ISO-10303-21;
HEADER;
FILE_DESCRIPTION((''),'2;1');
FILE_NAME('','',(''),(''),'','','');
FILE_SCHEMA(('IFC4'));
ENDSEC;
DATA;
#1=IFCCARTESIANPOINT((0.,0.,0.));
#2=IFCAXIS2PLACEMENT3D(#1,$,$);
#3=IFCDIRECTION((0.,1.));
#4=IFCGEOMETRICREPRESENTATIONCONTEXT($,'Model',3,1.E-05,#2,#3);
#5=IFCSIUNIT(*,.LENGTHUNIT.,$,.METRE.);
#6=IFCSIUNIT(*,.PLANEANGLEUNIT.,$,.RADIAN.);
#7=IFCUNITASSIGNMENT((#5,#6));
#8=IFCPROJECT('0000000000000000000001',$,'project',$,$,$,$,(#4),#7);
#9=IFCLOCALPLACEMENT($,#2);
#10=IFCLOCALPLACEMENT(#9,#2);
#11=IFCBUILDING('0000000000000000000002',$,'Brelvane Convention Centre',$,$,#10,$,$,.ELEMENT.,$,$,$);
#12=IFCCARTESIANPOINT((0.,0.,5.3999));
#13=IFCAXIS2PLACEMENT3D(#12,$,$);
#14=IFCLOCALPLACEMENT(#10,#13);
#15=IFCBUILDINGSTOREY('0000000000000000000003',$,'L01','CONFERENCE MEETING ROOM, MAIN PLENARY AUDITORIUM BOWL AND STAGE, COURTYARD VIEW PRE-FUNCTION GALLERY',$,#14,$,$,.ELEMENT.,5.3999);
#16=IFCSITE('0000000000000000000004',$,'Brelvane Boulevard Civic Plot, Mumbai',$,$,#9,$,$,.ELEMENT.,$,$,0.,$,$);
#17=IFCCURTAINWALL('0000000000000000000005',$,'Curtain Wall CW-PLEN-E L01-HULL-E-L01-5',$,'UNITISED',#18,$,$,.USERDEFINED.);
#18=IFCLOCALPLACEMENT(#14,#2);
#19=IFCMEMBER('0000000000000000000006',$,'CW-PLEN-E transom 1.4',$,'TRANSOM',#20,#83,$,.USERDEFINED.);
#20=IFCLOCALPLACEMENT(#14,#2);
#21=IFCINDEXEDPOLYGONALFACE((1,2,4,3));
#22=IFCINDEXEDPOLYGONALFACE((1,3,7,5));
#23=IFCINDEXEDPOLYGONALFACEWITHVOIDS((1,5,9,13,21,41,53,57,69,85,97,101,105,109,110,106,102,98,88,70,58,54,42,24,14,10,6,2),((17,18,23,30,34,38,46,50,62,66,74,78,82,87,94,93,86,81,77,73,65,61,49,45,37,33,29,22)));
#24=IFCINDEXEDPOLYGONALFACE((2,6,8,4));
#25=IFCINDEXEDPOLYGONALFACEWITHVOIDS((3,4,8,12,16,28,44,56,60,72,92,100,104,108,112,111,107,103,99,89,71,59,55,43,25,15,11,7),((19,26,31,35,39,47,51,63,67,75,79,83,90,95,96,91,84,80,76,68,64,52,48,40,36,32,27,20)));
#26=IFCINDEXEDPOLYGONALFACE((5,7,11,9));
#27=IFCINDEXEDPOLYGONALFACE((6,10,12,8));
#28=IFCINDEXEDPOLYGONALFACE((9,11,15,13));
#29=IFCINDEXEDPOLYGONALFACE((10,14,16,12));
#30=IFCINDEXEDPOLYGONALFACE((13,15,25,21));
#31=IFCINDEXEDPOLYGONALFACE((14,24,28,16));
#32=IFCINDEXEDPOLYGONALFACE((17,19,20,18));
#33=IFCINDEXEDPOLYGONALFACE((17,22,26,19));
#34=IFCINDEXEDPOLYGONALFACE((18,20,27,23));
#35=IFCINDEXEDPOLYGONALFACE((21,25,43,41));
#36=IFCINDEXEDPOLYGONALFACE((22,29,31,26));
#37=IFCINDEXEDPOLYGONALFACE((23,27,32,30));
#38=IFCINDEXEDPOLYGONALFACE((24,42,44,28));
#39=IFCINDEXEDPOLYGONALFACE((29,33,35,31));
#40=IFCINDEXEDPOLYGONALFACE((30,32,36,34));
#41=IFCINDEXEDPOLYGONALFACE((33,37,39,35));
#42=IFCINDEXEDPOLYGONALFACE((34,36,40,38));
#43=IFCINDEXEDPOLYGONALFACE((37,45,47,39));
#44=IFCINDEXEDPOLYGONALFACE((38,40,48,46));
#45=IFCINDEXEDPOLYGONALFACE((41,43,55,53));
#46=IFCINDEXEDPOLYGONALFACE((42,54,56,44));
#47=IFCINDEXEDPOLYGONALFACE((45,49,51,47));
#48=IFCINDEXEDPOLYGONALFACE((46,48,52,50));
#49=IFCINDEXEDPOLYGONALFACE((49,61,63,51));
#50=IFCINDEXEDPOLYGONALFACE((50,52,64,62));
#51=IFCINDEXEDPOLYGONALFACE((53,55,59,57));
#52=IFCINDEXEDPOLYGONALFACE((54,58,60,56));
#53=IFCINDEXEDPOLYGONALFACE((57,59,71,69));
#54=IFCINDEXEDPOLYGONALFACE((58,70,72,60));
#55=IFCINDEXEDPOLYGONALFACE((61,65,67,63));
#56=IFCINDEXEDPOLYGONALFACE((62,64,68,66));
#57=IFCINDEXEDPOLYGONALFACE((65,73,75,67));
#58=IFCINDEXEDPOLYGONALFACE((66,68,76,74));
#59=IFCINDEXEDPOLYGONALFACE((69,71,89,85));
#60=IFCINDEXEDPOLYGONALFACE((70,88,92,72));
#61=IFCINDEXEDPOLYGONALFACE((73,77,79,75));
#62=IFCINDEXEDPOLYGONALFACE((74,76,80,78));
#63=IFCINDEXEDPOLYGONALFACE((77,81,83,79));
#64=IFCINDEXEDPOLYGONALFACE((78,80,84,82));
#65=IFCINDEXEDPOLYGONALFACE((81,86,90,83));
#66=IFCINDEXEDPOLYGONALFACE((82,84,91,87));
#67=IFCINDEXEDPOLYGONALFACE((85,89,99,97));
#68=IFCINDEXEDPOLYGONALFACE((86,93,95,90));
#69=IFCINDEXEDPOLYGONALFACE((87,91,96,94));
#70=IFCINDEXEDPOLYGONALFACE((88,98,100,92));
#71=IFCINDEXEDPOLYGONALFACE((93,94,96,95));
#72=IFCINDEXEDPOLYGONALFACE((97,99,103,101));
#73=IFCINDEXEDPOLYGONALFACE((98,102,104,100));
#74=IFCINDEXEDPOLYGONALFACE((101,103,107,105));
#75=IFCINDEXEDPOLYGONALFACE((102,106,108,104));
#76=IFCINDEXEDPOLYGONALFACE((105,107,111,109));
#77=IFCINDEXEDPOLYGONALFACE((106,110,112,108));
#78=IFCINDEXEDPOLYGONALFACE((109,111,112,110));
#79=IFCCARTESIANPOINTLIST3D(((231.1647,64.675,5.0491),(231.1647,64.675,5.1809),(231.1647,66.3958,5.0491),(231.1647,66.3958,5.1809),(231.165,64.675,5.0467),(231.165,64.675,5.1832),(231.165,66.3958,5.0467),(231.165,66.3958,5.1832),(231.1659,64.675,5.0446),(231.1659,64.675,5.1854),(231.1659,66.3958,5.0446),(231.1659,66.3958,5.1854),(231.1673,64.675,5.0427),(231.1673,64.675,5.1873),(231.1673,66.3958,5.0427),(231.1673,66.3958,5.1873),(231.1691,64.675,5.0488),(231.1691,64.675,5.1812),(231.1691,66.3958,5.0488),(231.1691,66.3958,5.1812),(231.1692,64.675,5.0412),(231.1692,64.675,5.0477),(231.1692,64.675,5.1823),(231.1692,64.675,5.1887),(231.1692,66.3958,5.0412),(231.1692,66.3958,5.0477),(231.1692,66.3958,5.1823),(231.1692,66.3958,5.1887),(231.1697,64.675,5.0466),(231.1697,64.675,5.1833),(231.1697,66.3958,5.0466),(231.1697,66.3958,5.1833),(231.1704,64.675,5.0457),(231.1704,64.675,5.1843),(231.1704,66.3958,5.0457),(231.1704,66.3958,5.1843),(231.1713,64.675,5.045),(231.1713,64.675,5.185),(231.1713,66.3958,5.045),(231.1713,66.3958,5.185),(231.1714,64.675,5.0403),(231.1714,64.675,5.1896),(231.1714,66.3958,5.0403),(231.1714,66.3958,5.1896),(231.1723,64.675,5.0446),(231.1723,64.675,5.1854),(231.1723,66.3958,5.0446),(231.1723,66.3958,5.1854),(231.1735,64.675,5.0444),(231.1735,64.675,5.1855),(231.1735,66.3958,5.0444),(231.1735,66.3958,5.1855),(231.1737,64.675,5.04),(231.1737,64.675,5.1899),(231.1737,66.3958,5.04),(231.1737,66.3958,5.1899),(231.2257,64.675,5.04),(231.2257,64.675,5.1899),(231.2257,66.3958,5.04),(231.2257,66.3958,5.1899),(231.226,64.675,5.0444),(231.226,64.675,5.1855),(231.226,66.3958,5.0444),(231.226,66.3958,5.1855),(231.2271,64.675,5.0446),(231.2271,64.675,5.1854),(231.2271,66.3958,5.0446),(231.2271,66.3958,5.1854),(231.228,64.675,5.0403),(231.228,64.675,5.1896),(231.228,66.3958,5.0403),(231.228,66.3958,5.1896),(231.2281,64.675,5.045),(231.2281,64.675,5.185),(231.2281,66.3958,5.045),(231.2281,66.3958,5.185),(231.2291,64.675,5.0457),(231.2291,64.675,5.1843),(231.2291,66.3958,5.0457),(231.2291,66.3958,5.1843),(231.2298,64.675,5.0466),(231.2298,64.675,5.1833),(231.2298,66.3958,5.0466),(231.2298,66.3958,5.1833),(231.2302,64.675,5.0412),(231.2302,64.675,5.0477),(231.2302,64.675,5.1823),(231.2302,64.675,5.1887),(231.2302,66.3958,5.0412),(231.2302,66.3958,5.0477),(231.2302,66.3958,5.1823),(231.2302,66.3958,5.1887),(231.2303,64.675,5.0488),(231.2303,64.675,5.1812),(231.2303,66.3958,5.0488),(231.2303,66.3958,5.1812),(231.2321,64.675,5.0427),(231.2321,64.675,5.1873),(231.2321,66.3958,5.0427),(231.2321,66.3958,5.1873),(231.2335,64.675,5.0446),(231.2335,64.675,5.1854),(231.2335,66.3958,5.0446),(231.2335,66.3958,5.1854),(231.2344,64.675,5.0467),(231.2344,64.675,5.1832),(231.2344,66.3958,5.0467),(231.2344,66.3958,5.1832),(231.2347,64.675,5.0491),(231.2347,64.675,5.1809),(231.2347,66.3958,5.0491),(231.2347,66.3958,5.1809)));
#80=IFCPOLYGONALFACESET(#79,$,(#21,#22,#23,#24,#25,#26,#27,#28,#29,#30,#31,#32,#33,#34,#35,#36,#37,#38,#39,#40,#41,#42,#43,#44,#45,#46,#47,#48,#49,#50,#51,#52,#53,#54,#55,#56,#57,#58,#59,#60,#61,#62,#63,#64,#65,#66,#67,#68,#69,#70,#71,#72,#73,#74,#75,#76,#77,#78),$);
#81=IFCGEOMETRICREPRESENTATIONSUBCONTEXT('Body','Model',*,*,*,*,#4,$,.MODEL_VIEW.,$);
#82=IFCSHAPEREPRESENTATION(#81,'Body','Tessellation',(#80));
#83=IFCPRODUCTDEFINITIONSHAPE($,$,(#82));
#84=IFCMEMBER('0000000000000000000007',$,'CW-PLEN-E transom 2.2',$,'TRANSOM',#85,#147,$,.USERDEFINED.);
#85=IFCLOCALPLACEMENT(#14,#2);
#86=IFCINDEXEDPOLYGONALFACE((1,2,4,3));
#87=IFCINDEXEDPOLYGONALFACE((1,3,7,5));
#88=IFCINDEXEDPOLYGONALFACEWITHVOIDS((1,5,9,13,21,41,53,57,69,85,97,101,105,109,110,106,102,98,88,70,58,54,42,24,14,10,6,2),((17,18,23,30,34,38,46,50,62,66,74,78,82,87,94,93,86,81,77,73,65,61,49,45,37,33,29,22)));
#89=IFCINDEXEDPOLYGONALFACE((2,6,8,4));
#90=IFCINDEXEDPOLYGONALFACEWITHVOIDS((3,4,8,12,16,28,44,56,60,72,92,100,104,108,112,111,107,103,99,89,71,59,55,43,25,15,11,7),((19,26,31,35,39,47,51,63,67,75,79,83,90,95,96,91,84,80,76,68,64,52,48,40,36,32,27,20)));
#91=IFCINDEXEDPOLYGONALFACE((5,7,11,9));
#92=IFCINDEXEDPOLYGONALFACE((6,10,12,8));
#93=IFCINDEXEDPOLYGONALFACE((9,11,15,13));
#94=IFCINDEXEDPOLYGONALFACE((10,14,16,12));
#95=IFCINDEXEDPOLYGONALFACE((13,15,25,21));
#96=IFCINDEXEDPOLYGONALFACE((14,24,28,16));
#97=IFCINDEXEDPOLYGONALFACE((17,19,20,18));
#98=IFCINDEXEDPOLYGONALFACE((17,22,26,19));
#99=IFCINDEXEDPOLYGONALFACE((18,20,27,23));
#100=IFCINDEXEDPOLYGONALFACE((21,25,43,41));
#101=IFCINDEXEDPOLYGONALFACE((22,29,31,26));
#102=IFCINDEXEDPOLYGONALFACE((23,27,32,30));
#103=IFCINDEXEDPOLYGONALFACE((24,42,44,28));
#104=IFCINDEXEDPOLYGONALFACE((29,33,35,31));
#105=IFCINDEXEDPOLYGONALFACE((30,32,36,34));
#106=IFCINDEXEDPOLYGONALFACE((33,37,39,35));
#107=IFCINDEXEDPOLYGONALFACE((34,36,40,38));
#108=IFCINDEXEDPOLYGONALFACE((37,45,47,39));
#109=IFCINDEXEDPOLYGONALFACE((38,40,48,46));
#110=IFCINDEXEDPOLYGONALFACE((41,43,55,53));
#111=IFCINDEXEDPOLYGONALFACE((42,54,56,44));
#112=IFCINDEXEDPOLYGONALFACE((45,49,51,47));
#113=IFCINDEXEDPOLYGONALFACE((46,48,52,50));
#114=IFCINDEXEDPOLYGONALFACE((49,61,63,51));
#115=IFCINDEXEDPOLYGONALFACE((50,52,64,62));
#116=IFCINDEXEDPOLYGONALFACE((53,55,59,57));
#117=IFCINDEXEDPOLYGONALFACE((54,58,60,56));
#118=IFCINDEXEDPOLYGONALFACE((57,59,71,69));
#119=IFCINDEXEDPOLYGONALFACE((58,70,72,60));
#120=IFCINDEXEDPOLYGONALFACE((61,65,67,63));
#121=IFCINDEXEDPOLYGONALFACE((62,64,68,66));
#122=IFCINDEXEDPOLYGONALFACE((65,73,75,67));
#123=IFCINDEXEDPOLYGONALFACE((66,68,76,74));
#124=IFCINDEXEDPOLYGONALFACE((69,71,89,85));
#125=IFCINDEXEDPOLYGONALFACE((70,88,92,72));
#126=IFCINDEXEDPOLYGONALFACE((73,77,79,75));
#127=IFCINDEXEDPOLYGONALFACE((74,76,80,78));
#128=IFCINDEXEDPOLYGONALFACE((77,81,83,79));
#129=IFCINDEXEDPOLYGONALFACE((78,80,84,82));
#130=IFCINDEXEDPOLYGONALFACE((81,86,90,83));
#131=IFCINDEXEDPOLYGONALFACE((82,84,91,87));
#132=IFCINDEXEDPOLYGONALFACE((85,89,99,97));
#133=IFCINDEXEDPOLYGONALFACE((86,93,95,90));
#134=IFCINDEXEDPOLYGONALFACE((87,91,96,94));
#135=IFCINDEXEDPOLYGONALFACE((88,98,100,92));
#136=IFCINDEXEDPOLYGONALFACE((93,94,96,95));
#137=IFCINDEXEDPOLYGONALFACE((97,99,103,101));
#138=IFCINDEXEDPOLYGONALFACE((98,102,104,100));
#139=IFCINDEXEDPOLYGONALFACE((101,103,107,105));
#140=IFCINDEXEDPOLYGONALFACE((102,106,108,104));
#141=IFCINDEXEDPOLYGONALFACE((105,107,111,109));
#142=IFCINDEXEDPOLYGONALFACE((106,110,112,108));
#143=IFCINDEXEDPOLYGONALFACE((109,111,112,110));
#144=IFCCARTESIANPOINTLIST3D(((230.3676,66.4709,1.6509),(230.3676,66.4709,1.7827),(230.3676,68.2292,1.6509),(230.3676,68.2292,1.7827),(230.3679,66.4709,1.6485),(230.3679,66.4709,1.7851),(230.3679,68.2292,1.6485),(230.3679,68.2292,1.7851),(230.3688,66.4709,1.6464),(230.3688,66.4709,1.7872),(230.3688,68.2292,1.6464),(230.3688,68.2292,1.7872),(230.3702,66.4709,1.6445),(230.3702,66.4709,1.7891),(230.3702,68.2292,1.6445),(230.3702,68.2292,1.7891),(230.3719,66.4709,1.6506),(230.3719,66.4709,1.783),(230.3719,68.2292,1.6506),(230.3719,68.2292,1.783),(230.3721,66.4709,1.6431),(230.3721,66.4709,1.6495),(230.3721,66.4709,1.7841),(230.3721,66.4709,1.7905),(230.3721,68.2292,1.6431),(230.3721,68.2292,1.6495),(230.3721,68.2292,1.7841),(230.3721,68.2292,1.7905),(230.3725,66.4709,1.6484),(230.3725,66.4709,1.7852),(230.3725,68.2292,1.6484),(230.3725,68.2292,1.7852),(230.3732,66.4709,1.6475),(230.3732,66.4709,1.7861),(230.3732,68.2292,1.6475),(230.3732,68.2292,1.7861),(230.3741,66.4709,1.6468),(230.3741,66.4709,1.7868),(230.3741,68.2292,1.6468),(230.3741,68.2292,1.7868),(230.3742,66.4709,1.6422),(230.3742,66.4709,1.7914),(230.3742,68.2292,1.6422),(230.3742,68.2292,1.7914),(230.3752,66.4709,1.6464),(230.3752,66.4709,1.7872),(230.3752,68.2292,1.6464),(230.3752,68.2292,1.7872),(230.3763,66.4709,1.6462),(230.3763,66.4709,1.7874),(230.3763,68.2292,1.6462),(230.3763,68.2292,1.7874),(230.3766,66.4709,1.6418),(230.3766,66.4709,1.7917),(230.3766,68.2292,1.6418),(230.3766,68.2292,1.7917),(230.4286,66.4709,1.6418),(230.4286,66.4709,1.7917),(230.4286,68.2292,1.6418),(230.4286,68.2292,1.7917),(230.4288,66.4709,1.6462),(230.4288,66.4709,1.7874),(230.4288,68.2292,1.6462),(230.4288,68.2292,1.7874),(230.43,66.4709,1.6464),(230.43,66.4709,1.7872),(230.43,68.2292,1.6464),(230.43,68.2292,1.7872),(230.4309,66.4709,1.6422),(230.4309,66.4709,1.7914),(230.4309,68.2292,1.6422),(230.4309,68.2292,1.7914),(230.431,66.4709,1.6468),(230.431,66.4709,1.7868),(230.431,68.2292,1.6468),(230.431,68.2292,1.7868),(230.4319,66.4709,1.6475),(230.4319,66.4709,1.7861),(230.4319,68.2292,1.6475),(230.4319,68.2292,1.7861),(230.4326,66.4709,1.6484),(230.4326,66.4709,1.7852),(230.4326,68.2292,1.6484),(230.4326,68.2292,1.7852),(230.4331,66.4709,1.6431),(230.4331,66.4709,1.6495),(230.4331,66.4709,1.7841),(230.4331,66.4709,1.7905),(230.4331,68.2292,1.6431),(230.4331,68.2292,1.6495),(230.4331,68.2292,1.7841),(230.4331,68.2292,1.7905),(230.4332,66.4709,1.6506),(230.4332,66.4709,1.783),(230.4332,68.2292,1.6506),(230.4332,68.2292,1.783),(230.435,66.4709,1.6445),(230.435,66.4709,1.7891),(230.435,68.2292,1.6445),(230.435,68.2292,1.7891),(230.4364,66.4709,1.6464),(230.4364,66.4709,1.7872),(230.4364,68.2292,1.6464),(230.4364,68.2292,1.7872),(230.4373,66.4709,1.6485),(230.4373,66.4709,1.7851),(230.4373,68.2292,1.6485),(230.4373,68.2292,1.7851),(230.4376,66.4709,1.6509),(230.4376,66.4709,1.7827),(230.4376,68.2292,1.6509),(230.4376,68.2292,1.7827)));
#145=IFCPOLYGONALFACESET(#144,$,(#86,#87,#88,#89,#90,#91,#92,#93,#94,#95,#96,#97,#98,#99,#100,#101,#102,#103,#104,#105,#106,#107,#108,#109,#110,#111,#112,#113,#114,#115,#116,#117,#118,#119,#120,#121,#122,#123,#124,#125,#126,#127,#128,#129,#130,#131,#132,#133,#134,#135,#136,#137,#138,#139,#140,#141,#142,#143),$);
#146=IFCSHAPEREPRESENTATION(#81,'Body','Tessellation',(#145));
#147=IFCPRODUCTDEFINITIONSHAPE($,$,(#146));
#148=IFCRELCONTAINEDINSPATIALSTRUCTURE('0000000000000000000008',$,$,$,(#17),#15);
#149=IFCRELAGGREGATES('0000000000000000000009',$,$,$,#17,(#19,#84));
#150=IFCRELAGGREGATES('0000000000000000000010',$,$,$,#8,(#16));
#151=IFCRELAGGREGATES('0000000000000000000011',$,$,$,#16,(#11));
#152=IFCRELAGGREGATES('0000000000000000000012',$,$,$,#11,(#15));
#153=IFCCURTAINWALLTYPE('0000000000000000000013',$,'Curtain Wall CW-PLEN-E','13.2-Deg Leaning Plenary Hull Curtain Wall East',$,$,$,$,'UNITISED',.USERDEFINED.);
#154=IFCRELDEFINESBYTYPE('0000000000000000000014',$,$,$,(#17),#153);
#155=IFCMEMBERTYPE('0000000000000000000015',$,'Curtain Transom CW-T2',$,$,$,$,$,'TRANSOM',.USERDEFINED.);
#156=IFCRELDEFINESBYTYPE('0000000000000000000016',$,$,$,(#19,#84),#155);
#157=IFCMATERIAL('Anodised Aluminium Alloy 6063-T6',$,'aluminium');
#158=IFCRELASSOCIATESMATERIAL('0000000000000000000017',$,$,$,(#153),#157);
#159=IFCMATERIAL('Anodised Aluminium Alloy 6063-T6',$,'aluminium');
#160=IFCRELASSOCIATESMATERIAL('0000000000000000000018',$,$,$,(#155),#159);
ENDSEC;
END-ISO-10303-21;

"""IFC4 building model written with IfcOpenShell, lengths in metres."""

from ifc_helpers import new_model, si_unit, direction, frame, origin, origin_2d, place, context, subcontext, project, spatial, hollow_rectangle, extrude, material, material_profile, profile_set, type_object, element, aggregate, save


model = new_model("IFC4")

# Units and contexts
model_context = context("Model", 3, precision=1e-05, world=origin(), true_north=direction((0.0, 1.0)))
body_context = subcontext(model_context, "Body", "Model", "MODEL_VIEW")
ifc_project = project(units=[si_unit("LENGTHUNIT", "METRE"), si_unit("PLANEANGLEUNIT", "RADIAN")], contexts=[model_context])

# Site, building, storey
site_placement = place(None, origin())
site = spatial("IfcSite", under=ifc_project, at=site_placement, Name="Brelvane Boulevard Civic Plot, Mumbai", CompositionType="ELEMENT", RefElevation=0.0)
building_placement = place(site_placement, origin())
building = spatial("IfcBuilding", under=site, at=building_placement, Name="Brelvane Convention Centre", CompositionType="ELEMENT")
storey_placement = place(building_placement, frame((0.0, 0.0, 5.3999)))
storey = spatial("IfcBuildingStorey", under=building, at=storey_placement, Name="L01", Description="CONFERENCE MEETING ROOM, MAIN PLENARY AUDITORIUM BOWL AND STAGE, COURTYARD VIEW PRE-FUNCTION GALLERY", CompositionType="ELEMENT", Elevation=5.3999)

# Curtain wall, members
ifc_material_1 = material(Name="Anodised Aluminium Alloy 6063-T6", Category="aluminium")
curtain_wall_type = type_object("IfcCurtainWallType", Name="Curtain Wall CW-PLEN-E", Description="13.2-Deg Leaning Plenary Hull Curtain Wall East", ElementType="UNITISED", PredefinedType="USERDEFINED", material=ifc_material_1)
curtain_wall_placement = place(storey_placement, origin())
curtain_wall = element("IfcCurtainWall", 1, at=curtain_wall_placement, inside=storey, type_object=curtain_wall_type, Name="Curtain Wall CW-PLEN-E L01-HULL-E-L01-5", ObjectType="UNITISED", PredefinedType="USERDEFINED")
ifc_material_2 = material(Name="Anodised Aluminium Alloy 6063-T6", Category="aluminium")
ifc_material_profile = material_profile(ifc_material_2, hollow_rectangle(XDim=0.0701, YDim=0.1499, WallThickness=0.0044, InnerFilletRadius=0.0044, OuterFilletRadius=0.009, at=origin_2d()), Name="ALU-T 150x70x4.5")
ifc_profile_set = profile_set([ifc_material_profile], Name="Anodised Aluminium Alloy 6063-T6")
member_type = type_object("IfcMemberType", Name="Curtain Transom CW-T2", ElementType="TRANSOM", PredefinedType="USERDEFINED", material=ifc_profile_set)
member_1_placement = place(storey_placement, frame((231.1997, 64.675, 5.115), z_axis=(0.0, 1.0, 0.0), x_axis=(-1.0, 0.0, 0.0)))
member_1 = element("IfcMember", 2, at=member_1_placement, type_object=member_type, Name="CW-PLEN-E transom 1.4", ObjectType="TRANSOM", PredefinedType="USERDEFINED", context=body_context, shape_type="SweptSolid", body=[
    extrude(hollow_rectangle(XDim=0.0701, YDim=0.1499, WallThickness=0.0044, InnerFilletRadius=0.0044, OuterFilletRadius=0.009, at=origin_2d()), origin(), (0.0, 0.0, 1.0), 1.7207),
])
member_2_placement = place(storey_placement, frame((230.4026, 66.4709, 1.7168), z_axis=(0.0, 1.0, 0.0), x_axis=(-1.0, 0.0, 0.0)))
member_2 = element("IfcMember", 3, at=member_2_placement, type_object=member_type, Name="CW-PLEN-E transom 2.2", ObjectType="TRANSOM", PredefinedType="USERDEFINED", context=body_context, shape_type="SweptSolid", body=[
    extrude(hollow_rectangle(XDim=0.0701, YDim=0.1499, WallThickness=0.0044, InnerFilletRadius=0.0044, OuterFilletRadius=0.009, at=origin_2d()), origin(), (0.0, 0.0, 1.0), 1.7583),
])
aggregate(curtain_wall, [member_1, member_2])

save(model, "model.ifc")
